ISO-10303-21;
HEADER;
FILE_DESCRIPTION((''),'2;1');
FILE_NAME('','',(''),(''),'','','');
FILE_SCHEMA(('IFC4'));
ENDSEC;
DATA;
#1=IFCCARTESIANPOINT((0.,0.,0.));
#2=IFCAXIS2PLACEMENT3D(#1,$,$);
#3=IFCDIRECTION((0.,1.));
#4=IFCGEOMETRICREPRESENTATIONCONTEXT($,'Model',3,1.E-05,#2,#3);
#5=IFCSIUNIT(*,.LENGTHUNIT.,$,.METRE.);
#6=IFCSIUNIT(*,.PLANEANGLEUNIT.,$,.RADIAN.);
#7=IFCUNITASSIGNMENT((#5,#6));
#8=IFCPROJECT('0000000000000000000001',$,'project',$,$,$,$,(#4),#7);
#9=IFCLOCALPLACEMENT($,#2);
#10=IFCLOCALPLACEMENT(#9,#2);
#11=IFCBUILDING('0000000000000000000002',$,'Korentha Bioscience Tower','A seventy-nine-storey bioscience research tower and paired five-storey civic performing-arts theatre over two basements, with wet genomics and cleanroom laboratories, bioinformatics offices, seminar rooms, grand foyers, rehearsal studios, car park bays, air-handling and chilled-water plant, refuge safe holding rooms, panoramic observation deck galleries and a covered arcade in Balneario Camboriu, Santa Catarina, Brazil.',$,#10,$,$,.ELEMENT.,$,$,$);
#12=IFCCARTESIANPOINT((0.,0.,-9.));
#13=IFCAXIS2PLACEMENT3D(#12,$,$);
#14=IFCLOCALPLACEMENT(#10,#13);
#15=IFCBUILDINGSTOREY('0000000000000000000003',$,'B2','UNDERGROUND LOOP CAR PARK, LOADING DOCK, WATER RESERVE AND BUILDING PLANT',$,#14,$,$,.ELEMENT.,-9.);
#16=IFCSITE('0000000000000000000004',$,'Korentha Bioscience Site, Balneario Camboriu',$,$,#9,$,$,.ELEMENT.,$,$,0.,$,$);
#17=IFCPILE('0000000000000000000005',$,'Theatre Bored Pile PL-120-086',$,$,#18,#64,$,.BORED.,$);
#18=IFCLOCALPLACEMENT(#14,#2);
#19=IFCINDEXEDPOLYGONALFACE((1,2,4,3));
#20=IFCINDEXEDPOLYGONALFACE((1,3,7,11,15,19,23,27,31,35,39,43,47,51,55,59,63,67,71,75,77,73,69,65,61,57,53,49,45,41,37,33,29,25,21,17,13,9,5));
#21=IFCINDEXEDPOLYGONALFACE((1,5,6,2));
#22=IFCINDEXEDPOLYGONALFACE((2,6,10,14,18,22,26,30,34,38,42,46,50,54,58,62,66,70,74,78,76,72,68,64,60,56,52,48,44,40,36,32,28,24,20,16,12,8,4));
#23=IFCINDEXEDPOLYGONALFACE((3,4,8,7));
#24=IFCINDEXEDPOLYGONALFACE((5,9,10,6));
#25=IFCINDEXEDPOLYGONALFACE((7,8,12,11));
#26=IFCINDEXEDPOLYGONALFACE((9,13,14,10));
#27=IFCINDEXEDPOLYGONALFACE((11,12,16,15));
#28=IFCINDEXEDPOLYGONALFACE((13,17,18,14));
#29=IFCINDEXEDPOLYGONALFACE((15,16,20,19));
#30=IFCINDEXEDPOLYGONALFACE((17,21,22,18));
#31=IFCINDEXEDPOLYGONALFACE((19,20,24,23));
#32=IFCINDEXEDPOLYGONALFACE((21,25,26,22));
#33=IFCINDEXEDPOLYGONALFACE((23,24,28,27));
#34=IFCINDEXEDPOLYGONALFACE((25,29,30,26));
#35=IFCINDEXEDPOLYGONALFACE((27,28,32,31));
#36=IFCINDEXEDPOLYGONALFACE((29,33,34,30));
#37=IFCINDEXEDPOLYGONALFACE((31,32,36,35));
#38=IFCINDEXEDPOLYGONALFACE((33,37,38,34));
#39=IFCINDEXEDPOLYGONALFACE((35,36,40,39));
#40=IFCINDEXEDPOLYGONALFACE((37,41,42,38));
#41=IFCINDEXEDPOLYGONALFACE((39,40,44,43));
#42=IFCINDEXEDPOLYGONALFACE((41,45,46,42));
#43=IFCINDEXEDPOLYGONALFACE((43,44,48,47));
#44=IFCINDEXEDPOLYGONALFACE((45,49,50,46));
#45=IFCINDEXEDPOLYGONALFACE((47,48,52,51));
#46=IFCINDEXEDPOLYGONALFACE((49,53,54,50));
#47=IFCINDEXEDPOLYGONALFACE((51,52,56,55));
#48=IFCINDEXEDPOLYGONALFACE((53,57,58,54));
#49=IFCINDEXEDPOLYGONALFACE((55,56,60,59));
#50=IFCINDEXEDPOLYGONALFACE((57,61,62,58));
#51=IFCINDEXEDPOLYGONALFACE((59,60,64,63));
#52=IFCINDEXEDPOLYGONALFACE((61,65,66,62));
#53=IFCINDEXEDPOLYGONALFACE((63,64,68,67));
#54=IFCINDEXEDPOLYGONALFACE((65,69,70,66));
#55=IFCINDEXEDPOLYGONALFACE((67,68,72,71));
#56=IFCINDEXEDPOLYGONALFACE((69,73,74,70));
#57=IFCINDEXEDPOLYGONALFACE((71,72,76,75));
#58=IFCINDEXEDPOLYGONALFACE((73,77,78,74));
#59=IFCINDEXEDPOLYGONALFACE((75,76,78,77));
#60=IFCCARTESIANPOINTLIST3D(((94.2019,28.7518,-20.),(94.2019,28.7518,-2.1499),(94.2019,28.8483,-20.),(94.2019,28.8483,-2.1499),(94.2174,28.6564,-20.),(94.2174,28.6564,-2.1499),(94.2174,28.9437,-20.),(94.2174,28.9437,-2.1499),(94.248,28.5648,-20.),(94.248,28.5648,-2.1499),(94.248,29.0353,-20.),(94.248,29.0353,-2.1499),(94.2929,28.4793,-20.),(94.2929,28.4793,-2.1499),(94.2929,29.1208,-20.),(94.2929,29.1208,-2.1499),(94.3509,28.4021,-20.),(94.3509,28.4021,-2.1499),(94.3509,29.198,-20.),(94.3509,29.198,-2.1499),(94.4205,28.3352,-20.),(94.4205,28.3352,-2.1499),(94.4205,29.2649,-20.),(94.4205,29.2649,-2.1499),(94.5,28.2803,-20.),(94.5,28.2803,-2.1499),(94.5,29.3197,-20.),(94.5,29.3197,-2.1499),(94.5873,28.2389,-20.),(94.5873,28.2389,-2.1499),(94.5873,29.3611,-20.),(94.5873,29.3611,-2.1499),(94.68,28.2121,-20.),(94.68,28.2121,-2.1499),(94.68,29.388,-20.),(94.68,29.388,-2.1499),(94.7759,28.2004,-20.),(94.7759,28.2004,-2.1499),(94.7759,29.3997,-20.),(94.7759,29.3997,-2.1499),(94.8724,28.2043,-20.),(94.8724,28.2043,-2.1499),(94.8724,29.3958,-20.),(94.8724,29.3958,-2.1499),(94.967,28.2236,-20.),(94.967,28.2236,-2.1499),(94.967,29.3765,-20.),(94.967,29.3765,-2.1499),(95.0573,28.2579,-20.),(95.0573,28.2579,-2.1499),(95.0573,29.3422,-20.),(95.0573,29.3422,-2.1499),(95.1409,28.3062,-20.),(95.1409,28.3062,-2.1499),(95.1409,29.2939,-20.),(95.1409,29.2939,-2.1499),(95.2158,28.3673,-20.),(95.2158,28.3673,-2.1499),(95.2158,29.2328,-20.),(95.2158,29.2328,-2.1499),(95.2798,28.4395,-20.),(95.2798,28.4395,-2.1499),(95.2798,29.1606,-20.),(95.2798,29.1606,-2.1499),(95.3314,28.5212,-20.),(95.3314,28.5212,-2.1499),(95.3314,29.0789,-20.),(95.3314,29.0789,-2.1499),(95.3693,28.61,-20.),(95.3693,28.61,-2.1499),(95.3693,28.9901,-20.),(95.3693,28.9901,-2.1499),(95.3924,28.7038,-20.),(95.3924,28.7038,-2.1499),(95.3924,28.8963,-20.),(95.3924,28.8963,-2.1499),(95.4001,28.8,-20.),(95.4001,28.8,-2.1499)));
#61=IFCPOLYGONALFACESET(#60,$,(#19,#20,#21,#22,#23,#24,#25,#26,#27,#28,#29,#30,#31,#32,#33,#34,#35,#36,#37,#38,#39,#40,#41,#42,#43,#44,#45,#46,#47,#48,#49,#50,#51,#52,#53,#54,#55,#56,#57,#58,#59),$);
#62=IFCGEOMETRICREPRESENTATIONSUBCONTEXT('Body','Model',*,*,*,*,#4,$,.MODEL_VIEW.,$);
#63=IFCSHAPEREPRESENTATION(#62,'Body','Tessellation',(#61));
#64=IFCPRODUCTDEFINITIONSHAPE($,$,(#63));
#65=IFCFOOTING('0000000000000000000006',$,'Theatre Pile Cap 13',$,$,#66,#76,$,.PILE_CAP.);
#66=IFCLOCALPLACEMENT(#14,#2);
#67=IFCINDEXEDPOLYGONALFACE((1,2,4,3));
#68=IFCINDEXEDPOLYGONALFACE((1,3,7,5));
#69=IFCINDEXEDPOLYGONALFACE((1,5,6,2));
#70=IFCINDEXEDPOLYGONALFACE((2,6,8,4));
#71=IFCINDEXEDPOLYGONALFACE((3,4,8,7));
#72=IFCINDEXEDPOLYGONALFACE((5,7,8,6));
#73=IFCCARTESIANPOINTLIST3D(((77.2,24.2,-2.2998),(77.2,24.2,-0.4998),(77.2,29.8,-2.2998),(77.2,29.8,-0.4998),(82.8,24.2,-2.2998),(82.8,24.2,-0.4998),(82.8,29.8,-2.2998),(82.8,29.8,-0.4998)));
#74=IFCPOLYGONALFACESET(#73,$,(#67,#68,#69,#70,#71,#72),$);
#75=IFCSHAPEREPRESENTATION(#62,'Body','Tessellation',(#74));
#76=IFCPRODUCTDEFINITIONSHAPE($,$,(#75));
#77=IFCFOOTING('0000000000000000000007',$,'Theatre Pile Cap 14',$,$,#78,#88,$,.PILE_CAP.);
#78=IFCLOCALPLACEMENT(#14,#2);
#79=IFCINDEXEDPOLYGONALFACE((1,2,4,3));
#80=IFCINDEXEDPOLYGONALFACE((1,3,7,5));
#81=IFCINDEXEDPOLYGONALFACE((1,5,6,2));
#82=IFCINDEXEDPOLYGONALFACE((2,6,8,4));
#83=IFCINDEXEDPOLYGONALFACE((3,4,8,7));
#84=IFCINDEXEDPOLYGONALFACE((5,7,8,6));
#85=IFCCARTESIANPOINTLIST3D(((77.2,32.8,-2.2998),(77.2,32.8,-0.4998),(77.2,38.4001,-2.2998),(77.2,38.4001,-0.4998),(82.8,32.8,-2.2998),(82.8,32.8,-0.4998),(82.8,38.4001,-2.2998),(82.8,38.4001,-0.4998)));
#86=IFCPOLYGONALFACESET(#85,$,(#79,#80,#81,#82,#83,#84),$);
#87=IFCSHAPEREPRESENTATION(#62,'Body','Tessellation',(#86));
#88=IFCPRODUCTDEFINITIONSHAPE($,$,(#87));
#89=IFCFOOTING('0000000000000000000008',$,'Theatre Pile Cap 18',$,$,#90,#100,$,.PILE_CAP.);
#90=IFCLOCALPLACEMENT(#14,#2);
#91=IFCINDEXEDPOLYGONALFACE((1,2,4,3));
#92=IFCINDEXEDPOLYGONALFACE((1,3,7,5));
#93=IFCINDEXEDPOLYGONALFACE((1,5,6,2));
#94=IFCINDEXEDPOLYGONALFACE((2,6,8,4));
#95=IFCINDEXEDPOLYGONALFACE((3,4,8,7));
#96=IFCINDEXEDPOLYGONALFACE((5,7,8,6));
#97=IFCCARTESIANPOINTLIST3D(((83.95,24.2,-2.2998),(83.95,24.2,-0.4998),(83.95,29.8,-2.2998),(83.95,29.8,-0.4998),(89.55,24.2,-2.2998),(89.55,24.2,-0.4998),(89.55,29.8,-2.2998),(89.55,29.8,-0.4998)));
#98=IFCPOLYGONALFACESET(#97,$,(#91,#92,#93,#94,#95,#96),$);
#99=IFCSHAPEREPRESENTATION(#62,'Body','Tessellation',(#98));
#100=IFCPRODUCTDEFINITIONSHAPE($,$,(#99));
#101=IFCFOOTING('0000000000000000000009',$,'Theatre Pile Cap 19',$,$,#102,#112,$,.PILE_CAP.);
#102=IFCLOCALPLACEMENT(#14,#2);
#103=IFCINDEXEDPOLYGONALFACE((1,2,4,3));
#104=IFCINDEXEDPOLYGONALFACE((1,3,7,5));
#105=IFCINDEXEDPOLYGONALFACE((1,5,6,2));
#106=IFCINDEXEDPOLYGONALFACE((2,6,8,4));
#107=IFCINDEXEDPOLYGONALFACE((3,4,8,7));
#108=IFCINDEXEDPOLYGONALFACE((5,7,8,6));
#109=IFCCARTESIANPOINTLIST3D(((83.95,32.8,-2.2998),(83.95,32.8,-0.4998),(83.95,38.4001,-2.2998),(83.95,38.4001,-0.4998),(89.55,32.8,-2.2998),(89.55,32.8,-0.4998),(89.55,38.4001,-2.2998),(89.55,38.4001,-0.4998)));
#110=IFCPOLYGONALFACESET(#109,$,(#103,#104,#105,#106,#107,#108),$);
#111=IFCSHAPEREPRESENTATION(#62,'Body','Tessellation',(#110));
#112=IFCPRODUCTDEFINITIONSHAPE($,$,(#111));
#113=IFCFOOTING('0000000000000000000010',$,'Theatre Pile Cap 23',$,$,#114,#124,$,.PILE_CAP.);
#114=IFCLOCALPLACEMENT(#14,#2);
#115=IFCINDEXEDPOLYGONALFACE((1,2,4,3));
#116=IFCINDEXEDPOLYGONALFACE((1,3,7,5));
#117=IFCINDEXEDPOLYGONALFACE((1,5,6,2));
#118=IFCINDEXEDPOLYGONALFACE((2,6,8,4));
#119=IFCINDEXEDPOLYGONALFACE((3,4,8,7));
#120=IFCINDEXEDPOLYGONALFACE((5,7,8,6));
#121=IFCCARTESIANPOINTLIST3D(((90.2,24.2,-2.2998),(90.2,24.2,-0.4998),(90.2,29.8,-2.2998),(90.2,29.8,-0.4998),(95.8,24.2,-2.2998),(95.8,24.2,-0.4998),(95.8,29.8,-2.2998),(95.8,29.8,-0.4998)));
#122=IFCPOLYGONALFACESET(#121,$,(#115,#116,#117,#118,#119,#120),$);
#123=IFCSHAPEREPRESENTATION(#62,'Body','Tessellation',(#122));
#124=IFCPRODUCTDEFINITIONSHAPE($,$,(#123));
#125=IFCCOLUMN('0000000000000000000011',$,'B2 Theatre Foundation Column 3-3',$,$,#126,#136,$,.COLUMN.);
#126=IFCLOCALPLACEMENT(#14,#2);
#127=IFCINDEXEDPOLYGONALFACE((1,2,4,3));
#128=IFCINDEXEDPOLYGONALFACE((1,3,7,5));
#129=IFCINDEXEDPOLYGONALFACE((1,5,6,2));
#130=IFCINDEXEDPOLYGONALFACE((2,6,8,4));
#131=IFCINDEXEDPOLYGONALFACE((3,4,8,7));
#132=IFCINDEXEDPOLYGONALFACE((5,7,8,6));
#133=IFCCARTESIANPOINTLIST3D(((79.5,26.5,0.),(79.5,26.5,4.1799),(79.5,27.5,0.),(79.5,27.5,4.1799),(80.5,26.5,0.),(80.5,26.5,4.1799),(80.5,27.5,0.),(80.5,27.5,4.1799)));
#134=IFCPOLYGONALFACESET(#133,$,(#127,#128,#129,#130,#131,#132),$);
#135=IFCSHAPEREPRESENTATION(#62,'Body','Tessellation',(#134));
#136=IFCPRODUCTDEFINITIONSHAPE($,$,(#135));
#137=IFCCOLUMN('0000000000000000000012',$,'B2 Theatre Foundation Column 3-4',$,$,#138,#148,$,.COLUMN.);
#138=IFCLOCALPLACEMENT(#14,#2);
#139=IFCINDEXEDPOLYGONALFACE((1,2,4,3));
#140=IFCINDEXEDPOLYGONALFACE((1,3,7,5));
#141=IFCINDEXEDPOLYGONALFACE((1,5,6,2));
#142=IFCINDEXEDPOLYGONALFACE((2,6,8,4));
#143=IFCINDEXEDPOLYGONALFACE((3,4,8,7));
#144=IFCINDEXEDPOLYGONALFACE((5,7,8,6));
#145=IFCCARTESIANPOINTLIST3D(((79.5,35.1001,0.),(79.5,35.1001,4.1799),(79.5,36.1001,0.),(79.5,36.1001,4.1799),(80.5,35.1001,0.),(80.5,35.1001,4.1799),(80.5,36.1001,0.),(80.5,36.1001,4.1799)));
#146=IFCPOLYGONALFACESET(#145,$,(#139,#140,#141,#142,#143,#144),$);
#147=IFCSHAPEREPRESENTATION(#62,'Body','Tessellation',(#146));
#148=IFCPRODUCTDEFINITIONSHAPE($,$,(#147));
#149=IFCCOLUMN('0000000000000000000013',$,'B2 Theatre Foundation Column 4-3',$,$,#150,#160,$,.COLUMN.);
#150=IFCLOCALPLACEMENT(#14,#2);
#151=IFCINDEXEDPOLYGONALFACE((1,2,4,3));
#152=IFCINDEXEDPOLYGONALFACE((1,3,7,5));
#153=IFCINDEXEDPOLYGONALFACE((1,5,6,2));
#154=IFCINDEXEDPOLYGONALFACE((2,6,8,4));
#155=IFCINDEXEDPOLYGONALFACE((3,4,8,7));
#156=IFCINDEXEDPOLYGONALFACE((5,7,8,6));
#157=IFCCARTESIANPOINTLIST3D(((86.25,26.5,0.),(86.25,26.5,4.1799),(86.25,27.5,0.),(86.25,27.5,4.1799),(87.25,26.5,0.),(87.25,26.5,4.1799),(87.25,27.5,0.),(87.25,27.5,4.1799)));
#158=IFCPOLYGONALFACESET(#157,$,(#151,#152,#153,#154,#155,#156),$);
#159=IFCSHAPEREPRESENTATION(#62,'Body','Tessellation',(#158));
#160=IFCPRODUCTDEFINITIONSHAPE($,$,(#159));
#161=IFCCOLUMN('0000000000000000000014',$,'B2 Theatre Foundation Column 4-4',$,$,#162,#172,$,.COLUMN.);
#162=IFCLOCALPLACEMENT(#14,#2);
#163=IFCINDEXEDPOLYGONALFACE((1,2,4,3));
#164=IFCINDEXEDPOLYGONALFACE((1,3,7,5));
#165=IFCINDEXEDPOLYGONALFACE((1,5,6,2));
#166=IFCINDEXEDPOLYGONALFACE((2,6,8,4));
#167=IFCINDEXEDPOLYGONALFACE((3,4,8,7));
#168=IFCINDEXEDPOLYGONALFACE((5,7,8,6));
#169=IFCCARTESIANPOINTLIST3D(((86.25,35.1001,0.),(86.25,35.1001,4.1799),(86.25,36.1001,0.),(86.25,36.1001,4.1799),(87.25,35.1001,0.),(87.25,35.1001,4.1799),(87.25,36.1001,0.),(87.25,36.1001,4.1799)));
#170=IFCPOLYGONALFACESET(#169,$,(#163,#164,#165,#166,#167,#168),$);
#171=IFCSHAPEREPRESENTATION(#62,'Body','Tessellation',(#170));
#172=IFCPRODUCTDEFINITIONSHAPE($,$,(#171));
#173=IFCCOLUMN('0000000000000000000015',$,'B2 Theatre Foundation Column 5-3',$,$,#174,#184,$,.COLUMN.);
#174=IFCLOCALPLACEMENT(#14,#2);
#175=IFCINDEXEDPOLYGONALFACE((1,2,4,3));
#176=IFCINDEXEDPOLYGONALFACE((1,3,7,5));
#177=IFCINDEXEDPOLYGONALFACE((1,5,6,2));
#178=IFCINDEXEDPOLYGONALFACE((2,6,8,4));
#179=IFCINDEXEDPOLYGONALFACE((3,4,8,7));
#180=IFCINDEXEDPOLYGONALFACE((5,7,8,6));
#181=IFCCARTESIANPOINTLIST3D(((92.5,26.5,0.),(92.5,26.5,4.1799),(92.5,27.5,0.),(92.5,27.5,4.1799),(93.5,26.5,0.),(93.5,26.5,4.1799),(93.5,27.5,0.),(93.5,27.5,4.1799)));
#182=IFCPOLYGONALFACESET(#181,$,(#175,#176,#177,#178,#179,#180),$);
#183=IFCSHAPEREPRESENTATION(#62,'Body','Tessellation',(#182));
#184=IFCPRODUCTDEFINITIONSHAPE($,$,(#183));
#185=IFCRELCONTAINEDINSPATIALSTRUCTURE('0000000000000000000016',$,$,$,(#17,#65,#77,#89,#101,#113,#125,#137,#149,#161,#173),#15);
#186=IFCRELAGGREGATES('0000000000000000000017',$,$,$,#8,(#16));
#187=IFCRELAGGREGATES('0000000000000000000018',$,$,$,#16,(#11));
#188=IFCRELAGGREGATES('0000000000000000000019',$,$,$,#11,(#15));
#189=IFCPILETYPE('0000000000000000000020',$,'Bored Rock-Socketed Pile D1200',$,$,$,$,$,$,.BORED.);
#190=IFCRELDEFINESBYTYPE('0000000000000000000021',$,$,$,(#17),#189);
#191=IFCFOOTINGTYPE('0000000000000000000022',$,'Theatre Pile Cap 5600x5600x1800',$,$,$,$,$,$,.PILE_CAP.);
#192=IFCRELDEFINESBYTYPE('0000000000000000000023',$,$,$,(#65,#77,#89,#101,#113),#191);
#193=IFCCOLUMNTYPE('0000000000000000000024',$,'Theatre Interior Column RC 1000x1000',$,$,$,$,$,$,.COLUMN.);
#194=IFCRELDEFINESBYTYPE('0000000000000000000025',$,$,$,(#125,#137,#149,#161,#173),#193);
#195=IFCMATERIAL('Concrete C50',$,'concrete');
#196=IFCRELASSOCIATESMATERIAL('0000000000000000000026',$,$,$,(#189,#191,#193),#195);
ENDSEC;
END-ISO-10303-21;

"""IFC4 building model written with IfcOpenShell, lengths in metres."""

from ifc_helpers import new_model, si_unit, direction, frame, origin, origin_2d, place, context, subcontext, project, spatial, rectangle, circle, extrude, material, material_profile, profile_set, type_object, element, save


model = new_model("IFC4")

# Units and contexts
model_context = context("Model", 3, precision=1e-05, world=origin(), true_north=direction((0.0, 1.0)))
body_context = subcontext(model_context, "Body", "Model", "MODEL_VIEW")
ifc_project = project(units=[si_unit("LENGTHUNIT", "METRE"), si_unit("PLANEANGLEUNIT", "RADIAN")], contexts=[model_context])

# Site, building, storey
site_placement = place(None, origin())
site = spatial("IfcSite", under=ifc_project, at=site_placement, Name="Korentha Bioscience Site, Balneario Camboriu", CompositionType="ELEMENT", RefElevation=0.0)
building_placement = place(site_placement, origin())
building = spatial("IfcBuilding", under=site, at=building_placement, Name="Korentha Bioscience Tower", Description="A seventy-nine-storey bioscience research tower and paired five-storey civic performing-arts theatre over two basements, with wet genomics and cleanroom laboratories, bioinformatics offices, seminar rooms, grand foyers, rehearsal studios, car park bays, air-handling and chilled-water plant, refuge safe holding rooms, panoramic observation deck galleries and a covered arcade in Balneario Camboriu, Santa Catarina, Brazil.", CompositionType="ELEMENT")
storey_placement = place(building_placement, frame((0.0, 0.0, -9.0)))
storey = spatial("IfcBuildingStorey", under=building, at=storey_placement, Name="B2", Description="UNDERGROUND LOOP CAR PARK, LOADING DOCK, WATER RESERVE AND BUILDING PLANT", CompositionType="ELEMENT", Elevation=-9.0)

# Pile
ifc_material_1 = material(Name="Concrete C50", Category="concrete")
ifc_material_profile_1 = material_profile(ifc_material_1, circle(Radius=0.6001, at=origin_2d()), Name="Concrete C50")
ifc_profile_set_1 = profile_set([ifc_material_profile_1], Name="Concrete C50 (PL-120)")
pile_type = type_object("IfcPileType", Name="Bored Rock-Socketed Pile D1200", PredefinedType="BORED", material=ifc_profile_set_1)
for number, where, z_axis, x_axis, name in (
    (1, (94.8, 28.8, -2.1499), (0.0, 0.0, -1.0), (1.0, 0.0, 0.0), "Theatre Bored Pile PL-120-086"),
):
    element("IfcPile", number, at=place(storey_placement, frame(where, z_axis=z_axis, x_axis=x_axis)), inside=storey, type_object=pile_type, Name=name, PredefinedType="BORED", context=body_context, shape_type="SweptSolid", body=[
        extrude(circle(Radius=0.6001, at=origin_2d()), origin(), (0.0, 0.0, 1.0), 17.8501),
    ])

# Footings
footing_type = type_object("IfcFootingType", Name="Theatre Pile Cap 5600x5600x1800", PredefinedType="PILE_CAP", material=ifc_material_1)
for number, where, z_axis, x_axis, name in (
    (2, (80.0, 27.0, -2.2998), (0.0, 0.0, 1.0), (1.0, 0.0, 0.0), "Theatre Pile Cap 13"),
    (3, (80.0, 35.6001, -2.2998), (0.0, 0.0, 1.0), (1.0, 0.0, 0.0), "Theatre Pile Cap 14"),
    (4, (86.75, 27.0, -2.2998), (0.0, 0.0, 1.0), (1.0, 0.0, 0.0), "Theatre Pile Cap 18"),
    (5, (86.75, 35.6001, -2.2998), (0.0, 0.0, 1.0), (1.0, 0.0, 0.0), "Theatre Pile Cap 19"),
    (6, (93.0, 27.0, -2.2998), (0.0, 0.0, 1.0), (1.0, 0.0, 0.0), "Theatre Pile Cap 23"),
):
    element("IfcFooting", number, at=place(storey_placement, frame(where, z_axis=z_axis, x_axis=x_axis)), inside=storey, type_object=footing_type, Name=name, PredefinedType="PILE_CAP", context=body_context, shape_type="SweptSolid", body=[
        extrude(rectangle(XDim=5.6001, YDim=5.6001, at=origin_2d()), origin(), (0.0, 0.0, 1.0), 1.8),
    ])

# Columns
ifc_material_profile_2 = material_profile(ifc_material_1, rectangle(XDim=1.0, YDim=1.0, at=origin_2d()), Name="Concrete C50")
ifc_profile_set_2 = profile_set([ifc_material_profile_2], Name="Concrete C50 (TC-I01)")
column_type_1 = type_object("IfcColumnType", Name="Theatre Interior Column RC 1000x1000", PredefinedType="COLUMN", material=ifc_profile_set_2)
for number, where, z_axis, x_axis, name in (
    (7, (80.0, 27.0, 0.0), (0.0, 0.0, 1.0), (1.0, 0.0, 0.0), "B2 Theatre Foundation Column 3-3"),
    (8, (80.0, 35.6001, 0.0), (0.0, 0.0, 1.0), (1.0, 0.0, 0.0), "B2 Theatre Foundation Column 3-4"),
    (9, (86.75, 27.0, 0.0), (0.0, 0.0, 1.0), (1.0, 0.0, 0.0), "B2 Theatre Foundation Column 4-3"),
    (10, (86.75, 35.6001, 0.0), (0.0, 0.0, 1.0), (1.0, 0.0, 0.0), "B2 Theatre Foundation Column 4-4"),
    (11, (93.0, 27.0, 0.0), (0.0, 0.0, 1.0), (1.0, 0.0, 0.0), "B2 Theatre Foundation Column 5-3"),
):
    element("IfcColumn", number, at=place(storey_placement, frame(where, z_axis=z_axis, x_axis=x_axis)), inside=storey, type_object=column_type_1, Name=name, PredefinedType="COLUMN", context=body_context, shape_type="SweptSolid", body=[
        extrude(rectangle(XDim=1.0, YDim=1.0, at=origin_2d()), origin(), (0.0, 0.0, 1.0), 4.1799),
    ])

save(model, "model.ifc")
